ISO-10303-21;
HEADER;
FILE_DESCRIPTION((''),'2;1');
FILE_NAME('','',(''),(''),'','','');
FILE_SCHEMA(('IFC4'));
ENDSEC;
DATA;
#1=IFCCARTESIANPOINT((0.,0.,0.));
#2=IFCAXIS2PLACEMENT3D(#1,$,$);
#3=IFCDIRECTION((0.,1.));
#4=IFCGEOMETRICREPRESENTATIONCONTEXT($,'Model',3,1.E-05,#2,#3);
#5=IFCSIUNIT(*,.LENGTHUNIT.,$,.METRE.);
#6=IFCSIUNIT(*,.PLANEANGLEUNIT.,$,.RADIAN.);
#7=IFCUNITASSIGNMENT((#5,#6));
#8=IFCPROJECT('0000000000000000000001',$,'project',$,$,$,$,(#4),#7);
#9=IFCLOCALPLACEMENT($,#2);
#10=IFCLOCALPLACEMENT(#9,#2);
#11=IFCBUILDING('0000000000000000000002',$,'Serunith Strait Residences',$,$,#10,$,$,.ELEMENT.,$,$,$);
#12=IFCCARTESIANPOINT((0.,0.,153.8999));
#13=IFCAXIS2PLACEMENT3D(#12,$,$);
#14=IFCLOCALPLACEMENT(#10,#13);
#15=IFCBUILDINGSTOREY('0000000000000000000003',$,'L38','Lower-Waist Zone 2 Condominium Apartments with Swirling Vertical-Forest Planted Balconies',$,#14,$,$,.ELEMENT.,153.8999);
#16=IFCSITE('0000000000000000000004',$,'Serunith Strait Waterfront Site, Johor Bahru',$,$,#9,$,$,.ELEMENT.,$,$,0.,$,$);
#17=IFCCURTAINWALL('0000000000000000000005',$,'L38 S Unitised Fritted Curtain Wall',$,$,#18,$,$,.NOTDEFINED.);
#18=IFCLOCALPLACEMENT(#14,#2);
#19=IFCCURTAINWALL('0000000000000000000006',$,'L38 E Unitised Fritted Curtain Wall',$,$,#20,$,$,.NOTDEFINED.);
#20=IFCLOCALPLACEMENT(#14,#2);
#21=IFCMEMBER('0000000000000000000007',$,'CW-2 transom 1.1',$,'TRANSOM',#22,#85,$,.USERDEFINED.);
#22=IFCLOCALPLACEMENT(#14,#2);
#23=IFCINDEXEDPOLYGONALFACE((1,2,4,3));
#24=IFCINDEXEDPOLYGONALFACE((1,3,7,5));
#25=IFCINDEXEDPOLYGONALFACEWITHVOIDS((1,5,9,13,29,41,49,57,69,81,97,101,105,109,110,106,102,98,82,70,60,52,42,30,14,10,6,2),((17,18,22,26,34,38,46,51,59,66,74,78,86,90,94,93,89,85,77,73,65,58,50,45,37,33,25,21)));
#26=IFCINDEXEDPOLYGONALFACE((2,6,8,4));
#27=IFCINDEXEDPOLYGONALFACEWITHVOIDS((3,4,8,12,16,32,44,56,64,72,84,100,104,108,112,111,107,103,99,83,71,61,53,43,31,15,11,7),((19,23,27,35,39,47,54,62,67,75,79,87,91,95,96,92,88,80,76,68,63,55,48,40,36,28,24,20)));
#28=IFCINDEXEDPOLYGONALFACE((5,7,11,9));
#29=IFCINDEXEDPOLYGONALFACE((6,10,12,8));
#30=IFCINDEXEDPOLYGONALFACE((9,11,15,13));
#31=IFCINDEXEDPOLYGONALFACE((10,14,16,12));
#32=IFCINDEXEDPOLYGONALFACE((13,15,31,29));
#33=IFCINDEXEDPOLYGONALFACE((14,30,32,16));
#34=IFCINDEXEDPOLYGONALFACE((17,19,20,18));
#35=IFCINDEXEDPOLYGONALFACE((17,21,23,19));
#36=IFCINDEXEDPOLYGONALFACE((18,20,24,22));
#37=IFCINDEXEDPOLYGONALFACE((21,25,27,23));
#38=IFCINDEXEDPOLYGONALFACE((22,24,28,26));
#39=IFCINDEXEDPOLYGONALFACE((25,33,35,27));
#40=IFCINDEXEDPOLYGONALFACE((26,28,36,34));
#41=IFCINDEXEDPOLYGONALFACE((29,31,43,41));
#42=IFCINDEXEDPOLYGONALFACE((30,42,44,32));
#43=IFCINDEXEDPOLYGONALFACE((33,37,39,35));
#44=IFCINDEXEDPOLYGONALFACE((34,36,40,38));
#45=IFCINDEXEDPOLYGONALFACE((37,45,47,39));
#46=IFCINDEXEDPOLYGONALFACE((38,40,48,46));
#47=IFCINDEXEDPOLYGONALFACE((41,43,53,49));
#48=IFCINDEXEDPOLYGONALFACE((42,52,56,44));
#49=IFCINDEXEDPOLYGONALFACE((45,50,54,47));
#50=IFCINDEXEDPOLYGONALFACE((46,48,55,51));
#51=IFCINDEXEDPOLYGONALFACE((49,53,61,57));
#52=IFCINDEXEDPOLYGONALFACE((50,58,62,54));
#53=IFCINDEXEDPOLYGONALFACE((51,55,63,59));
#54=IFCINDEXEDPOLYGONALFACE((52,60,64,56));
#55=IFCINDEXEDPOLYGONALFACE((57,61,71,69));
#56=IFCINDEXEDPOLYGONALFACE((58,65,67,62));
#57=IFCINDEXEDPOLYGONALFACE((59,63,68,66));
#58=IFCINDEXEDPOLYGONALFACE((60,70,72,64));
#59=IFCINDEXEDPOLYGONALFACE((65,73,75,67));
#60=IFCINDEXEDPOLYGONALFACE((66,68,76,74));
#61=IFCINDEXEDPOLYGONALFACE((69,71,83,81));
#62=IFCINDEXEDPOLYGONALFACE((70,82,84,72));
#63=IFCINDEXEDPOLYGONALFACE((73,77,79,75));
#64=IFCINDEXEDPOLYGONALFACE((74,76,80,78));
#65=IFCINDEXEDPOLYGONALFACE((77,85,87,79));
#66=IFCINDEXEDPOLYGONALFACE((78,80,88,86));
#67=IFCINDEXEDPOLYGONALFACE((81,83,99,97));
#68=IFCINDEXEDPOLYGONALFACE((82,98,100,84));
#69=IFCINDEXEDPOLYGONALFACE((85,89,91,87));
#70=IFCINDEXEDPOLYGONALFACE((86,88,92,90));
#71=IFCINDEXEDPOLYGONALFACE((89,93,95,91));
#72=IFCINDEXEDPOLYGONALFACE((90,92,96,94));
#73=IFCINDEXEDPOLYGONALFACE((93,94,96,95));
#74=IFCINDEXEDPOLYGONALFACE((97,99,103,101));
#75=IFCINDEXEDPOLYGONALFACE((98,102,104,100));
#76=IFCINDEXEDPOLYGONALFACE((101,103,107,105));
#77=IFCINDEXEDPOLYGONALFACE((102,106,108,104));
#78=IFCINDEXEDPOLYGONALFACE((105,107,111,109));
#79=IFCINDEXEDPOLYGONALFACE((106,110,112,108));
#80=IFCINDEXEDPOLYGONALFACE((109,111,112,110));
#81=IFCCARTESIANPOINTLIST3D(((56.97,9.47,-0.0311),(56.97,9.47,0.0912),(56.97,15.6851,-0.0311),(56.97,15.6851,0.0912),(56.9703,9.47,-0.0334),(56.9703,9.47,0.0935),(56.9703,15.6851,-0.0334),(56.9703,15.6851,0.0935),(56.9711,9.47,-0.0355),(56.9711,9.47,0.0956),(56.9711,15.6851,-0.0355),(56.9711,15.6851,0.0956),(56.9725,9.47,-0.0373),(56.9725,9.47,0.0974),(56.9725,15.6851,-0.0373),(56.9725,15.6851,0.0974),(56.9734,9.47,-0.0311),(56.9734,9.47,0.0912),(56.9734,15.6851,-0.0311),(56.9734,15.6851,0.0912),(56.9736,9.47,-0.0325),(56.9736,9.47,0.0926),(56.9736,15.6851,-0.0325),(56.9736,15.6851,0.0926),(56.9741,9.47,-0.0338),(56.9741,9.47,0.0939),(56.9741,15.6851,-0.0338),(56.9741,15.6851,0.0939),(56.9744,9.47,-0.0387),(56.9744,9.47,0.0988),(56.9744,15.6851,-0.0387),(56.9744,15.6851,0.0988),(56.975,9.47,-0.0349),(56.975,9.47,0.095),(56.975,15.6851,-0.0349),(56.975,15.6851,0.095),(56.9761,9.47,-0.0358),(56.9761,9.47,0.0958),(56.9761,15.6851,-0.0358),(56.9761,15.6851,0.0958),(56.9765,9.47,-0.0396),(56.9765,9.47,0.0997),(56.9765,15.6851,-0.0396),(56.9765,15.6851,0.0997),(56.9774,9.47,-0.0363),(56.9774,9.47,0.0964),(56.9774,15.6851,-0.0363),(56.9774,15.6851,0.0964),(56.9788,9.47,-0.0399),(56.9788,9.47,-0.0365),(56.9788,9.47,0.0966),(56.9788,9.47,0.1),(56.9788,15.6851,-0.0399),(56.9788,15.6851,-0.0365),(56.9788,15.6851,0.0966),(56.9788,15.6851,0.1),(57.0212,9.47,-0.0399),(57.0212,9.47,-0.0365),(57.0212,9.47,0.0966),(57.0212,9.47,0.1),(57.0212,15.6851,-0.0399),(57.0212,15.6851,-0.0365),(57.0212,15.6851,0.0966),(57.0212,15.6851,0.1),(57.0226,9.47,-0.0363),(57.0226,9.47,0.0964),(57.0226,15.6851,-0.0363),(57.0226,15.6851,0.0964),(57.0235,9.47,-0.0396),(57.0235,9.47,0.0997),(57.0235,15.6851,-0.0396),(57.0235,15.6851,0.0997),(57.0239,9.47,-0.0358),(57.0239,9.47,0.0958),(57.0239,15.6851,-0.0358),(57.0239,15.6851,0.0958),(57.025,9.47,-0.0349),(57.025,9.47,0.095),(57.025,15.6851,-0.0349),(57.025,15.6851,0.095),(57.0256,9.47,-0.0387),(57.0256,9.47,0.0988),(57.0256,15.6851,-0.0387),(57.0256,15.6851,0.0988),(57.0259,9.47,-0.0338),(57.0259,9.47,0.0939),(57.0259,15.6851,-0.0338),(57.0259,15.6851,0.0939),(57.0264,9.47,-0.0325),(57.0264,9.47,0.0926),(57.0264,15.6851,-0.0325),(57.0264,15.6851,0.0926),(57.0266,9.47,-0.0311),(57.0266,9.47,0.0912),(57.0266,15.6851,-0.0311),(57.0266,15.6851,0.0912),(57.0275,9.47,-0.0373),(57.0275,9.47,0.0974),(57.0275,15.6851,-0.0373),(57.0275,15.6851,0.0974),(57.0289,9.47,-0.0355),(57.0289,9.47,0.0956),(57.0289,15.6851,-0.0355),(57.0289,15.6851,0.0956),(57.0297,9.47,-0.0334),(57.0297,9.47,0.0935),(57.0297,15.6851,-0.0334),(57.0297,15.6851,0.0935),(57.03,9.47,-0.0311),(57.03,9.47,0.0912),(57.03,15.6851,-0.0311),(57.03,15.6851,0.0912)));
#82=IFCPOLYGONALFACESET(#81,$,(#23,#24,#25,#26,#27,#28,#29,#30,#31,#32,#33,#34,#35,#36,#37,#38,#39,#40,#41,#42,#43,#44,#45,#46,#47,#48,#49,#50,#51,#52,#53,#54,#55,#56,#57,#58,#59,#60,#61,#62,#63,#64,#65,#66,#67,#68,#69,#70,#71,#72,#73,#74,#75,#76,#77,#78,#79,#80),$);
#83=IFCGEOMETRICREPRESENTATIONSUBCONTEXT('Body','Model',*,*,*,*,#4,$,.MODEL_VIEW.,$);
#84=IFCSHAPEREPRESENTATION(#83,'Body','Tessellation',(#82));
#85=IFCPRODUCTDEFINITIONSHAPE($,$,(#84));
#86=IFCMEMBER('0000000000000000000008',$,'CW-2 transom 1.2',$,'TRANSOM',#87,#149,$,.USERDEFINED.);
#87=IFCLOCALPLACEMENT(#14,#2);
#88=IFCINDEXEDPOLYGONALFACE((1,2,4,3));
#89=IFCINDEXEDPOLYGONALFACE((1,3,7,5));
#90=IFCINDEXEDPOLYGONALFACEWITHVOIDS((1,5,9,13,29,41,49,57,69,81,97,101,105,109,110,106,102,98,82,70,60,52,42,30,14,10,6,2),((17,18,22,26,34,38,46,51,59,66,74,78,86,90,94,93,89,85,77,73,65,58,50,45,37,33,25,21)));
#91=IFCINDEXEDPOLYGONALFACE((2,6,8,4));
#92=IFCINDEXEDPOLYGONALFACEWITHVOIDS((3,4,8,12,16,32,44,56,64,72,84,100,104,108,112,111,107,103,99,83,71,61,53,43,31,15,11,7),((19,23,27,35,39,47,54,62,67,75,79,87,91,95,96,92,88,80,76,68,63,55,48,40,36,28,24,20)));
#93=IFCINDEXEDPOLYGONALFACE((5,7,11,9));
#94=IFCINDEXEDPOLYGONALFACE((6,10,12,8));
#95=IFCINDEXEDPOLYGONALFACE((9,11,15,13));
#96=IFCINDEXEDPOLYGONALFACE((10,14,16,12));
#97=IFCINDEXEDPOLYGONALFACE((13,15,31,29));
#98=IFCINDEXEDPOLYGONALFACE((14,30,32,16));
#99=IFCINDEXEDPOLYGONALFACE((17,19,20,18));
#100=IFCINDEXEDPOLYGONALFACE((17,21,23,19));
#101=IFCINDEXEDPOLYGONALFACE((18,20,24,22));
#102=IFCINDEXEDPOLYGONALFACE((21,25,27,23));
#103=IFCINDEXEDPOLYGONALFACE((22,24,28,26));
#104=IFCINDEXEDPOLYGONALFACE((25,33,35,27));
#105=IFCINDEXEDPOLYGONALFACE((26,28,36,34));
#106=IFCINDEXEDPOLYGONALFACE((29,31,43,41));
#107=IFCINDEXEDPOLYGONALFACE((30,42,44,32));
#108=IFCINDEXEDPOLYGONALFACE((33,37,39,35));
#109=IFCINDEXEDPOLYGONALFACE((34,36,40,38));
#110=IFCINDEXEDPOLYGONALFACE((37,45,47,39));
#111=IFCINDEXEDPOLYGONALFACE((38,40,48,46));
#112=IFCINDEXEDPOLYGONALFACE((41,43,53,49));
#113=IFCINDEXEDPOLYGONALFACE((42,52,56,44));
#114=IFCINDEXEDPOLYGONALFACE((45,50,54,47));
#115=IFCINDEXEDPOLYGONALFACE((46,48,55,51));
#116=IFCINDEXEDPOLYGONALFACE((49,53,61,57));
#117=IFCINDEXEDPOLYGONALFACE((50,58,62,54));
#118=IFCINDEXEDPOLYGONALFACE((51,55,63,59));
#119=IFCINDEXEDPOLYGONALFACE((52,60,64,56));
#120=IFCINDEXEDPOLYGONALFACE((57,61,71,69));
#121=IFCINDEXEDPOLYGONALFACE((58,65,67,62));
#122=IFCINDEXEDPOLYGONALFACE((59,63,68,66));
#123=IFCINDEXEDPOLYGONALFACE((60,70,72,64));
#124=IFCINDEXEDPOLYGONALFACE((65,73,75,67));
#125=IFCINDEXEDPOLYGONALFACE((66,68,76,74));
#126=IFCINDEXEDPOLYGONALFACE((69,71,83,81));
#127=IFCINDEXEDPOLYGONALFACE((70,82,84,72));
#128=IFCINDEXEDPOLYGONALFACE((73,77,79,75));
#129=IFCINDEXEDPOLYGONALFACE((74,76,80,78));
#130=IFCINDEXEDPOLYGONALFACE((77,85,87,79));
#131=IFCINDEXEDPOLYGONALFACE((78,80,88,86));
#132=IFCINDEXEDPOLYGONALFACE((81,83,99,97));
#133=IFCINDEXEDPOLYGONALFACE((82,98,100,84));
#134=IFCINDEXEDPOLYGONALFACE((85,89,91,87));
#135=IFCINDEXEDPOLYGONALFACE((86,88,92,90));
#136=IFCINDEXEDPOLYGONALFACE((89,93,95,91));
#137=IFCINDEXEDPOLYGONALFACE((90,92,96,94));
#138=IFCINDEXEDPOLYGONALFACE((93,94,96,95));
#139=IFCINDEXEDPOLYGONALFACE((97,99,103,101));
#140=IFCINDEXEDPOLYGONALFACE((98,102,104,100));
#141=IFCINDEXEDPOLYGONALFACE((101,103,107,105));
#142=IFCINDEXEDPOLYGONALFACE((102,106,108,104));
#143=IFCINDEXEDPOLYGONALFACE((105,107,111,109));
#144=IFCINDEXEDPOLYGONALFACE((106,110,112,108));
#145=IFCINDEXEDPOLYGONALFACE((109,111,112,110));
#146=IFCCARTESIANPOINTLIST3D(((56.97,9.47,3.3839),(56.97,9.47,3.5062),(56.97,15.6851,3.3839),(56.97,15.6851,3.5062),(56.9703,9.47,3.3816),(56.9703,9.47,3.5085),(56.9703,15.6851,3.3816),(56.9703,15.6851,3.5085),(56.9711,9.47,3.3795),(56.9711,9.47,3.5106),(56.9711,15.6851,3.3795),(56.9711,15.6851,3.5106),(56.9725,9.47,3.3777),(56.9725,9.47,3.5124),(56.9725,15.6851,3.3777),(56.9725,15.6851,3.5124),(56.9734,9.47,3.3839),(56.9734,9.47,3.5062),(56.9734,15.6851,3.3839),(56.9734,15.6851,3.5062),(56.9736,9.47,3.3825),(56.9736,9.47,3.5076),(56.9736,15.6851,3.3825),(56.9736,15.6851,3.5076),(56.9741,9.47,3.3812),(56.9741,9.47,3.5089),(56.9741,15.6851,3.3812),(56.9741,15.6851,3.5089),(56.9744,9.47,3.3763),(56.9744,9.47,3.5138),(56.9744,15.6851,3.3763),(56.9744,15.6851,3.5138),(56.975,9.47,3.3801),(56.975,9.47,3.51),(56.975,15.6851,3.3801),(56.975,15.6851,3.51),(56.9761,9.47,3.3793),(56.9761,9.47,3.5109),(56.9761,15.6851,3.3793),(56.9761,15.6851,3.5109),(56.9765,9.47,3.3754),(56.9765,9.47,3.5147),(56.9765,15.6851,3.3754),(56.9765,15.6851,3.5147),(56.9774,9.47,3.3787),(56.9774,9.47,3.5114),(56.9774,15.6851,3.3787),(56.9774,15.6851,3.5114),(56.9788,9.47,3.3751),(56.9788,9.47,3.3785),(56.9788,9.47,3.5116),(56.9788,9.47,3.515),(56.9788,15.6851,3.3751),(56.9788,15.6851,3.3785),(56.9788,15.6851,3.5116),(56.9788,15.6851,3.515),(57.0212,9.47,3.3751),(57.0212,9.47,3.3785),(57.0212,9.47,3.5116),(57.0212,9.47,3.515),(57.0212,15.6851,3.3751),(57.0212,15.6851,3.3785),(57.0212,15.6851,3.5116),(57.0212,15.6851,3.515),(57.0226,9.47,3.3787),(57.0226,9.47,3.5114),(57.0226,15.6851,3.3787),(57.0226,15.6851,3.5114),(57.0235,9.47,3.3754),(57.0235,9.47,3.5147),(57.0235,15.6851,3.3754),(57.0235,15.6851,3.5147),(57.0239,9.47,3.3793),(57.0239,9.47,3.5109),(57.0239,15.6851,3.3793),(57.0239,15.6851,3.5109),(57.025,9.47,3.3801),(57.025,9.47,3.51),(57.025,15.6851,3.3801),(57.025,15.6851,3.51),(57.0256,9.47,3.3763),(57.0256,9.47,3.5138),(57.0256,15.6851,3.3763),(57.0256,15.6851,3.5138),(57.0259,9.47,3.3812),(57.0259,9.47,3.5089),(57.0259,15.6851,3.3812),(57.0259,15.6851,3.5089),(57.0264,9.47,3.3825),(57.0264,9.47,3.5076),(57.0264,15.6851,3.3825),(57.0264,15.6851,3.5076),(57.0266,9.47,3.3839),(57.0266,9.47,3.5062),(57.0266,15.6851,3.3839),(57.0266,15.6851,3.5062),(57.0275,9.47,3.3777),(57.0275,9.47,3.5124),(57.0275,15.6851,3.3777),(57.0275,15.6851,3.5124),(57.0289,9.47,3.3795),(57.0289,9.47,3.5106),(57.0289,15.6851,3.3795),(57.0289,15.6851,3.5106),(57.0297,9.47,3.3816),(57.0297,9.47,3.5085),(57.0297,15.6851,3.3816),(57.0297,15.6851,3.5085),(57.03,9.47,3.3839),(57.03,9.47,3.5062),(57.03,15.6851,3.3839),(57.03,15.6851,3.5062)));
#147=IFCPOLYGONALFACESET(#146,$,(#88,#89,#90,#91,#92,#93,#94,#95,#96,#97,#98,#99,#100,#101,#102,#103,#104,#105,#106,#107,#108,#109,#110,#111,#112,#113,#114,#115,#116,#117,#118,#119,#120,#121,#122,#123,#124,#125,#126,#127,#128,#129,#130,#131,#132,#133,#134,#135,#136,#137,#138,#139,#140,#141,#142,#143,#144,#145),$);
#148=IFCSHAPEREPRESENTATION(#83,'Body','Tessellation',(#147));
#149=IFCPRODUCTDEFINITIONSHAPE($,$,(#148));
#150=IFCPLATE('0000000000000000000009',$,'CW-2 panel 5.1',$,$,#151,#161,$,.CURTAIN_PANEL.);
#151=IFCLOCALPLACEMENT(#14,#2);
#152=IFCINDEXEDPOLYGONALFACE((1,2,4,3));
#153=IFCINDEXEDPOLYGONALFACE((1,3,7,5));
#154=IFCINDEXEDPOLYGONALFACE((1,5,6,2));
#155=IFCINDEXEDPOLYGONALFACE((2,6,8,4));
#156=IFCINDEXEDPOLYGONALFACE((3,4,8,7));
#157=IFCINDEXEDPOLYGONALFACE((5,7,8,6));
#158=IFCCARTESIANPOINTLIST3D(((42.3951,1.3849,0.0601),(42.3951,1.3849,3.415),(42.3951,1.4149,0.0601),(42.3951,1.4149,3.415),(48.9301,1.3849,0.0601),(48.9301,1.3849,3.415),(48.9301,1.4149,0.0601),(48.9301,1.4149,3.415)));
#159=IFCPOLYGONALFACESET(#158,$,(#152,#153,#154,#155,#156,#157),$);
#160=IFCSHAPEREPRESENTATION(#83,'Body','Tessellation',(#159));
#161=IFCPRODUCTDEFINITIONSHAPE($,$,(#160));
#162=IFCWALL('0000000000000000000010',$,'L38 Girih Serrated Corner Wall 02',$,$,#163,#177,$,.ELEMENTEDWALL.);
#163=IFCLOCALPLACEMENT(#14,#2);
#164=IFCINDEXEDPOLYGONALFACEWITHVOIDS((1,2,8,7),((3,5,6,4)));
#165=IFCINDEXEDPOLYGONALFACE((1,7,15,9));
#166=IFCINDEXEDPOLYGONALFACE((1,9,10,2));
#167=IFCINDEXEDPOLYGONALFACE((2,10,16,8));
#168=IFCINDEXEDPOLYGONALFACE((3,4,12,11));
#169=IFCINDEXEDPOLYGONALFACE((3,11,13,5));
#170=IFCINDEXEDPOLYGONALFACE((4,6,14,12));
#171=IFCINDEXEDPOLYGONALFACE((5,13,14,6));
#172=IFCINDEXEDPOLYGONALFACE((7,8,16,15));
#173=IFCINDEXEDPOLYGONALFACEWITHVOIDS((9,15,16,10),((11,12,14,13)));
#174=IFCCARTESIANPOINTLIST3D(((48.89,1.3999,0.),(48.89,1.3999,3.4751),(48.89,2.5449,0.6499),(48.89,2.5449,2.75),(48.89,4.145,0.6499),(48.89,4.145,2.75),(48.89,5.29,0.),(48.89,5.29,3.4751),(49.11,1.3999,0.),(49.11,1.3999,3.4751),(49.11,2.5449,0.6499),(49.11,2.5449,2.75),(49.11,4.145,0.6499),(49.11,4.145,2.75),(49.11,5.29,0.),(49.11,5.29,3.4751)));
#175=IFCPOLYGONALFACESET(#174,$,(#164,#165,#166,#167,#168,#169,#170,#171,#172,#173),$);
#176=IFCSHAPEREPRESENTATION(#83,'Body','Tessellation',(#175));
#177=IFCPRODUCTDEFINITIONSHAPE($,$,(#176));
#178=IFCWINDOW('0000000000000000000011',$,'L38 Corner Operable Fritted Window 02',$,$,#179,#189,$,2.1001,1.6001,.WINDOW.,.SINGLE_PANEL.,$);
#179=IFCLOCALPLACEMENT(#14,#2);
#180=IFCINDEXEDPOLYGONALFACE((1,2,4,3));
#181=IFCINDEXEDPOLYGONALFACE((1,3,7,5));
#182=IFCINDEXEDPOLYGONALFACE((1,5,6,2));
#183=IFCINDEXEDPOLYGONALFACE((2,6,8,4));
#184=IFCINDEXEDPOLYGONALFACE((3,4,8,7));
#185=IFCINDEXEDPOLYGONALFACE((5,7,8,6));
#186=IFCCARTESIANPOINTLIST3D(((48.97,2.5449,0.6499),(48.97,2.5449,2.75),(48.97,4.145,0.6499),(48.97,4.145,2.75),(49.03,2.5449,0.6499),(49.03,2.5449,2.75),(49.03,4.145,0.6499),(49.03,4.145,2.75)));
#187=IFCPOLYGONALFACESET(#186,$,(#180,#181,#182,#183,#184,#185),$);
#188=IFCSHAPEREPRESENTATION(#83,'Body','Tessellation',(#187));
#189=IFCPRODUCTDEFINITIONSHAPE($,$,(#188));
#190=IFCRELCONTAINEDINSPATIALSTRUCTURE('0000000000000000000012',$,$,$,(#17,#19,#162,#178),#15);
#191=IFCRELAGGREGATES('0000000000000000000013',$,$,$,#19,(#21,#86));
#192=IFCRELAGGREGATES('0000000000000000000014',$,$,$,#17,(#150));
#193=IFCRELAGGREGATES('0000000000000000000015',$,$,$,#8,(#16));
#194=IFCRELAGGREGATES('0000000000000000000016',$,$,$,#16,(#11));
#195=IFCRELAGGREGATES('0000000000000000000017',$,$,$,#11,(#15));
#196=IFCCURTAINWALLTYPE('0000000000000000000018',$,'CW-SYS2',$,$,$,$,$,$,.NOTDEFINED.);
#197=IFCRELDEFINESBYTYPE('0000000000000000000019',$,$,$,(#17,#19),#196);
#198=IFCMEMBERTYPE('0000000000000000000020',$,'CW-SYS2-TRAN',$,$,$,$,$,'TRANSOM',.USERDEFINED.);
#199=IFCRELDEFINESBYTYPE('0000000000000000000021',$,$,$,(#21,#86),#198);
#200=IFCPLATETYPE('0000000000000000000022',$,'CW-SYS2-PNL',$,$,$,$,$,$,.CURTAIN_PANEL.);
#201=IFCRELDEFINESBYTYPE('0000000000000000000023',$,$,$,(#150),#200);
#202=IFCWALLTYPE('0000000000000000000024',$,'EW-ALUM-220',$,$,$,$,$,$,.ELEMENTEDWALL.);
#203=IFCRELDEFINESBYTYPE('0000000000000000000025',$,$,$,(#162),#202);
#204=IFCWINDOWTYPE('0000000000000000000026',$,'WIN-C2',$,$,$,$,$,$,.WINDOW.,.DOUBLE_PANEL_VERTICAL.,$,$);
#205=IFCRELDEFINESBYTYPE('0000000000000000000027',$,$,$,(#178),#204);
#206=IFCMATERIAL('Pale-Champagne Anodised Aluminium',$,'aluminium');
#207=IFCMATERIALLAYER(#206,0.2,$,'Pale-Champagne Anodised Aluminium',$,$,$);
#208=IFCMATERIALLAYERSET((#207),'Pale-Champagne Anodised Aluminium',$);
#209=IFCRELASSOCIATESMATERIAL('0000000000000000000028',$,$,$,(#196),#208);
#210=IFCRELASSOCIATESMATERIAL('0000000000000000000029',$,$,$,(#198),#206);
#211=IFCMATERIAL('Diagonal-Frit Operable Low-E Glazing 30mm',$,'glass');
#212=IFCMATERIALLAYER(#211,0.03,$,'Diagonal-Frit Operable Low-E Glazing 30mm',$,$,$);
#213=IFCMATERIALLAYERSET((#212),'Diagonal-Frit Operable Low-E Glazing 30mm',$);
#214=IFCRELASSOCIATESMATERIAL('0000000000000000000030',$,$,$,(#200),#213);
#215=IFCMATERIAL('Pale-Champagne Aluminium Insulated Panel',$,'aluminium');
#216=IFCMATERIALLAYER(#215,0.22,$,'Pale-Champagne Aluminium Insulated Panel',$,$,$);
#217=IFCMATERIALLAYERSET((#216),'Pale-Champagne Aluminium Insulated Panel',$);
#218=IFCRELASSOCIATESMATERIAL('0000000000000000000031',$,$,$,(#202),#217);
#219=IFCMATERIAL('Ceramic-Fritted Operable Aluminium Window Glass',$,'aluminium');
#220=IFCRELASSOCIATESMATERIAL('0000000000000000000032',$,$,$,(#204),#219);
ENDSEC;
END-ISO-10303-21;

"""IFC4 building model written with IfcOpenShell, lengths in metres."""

from ifc_helpers import new_model, si_unit, direction, frame, frame_2d, origin, origin_2d, place, context, subcontext, project, spatial, rectangle, hollow_rectangle, extrude, source, transform, mapped, material, layer, layer_set, material_profile, profile_set, type_object, element, fill, aggregate, save


model = new_model("IFC4")

# Units and contexts
model_context = context("Model", 3, precision=1e-05, world=origin(), true_north=direction((0.0, 1.0)))
body_context = subcontext(model_context, "Body", "Model", "MODEL_VIEW")
ifc_project = project(units=[si_unit("LENGTHUNIT", "METRE"), si_unit("PLANEANGLEUNIT", "RADIAN")], contexts=[model_context])

# Site, building, storey
site_placement = place(None, origin())
site = spatial("IfcSite", under=ifc_project, at=site_placement, Name="Serunith Strait Waterfront Site, Johor Bahru", CompositionType="ELEMENT", RefElevation=0.0)
building_placement = place(site_placement, origin())
building = spatial("IfcBuilding", under=site, at=building_placement, Name="Serunith Strait Residences", CompositionType="ELEMENT")
storey_placement = place(building_placement, frame((0.0, 0.0, 153.8999)))
storey = spatial("IfcBuildingStorey", under=building, at=storey_placement, Name="L38", Description="Lower-Waist Zone 2 Condominium Apartments with Swirling Vertical-Forest Planted Balconies", CompositionType="ELEMENT", Elevation=153.8999)

# Curtain wall
ifc_material_1 = material(Name="Pale-Champagne Anodised Aluminium", Category="aluminium")
ifc_layer_1 = layer(ifc_material_1, 0.2, Name="Pale-Champagne Anodised Aluminium")
ifc_layer_set_1 = layer_set([ifc_layer_1], Name="Pale-Champagne Anodised Aluminium")
curtain_wall_type = type_object("IfcCurtainWallType", Name="CW-SYS2", PredefinedType="NOTDEFINED", material=ifc_layer_set_1)
curtain_wall_1_placement = place(storey_placement, origin())
curtain_wall_1 = element("IfcCurtainWall", 1, at=curtain_wall_1_placement, inside=storey, type_object=curtain_wall_type, Name="L38 S Unitised Fritted Curtain Wall", PredefinedType="NOTDEFINED")

# Curtain wall, members
curtain_wall_2_placement = place(storey_placement, origin())
curtain_wall_2 = element("IfcCurtainWall", 2, at=curtain_wall_2_placement, inside=storey, type_object=curtain_wall_type, Name="L38 E Unitised Fritted Curtain Wall", PredefinedType="NOTDEFINED")
ifc_material_profile_1 = material_profile(ifc_material_1, hollow_rectangle(XDim=0.0601, YDim=0.1399, WallThickness=0.0034, InnerFilletRadius=0.0054, OuterFilletRadius=0.0088, at=origin_2d()), Name="ALU 140x60x3.5")
ifc_profile_set_1 = profile_set([ifc_material_profile_1], Name="Pale-Champagne Anodised Aluminium")
member_type_1 = type_object("IfcMemberType", Name="CW-SYS2-TRAN", ElementType="TRANSOM", PredefinedType="USERDEFINED", material=ifc_profile_set_1)
shared_shape_1 = source(origin(), body_context, "Body", "SweptSolid", [
    extrude(hollow_rectangle(XDim=0.0601, YDim=0.1399, WallThickness=0.0034, InnerFilletRadius=0.0054, OuterFilletRadius=0.0088, at=origin_2d()), origin(), (0.0, 0.0, 1.0), 6.2151),
])
member_1_placement = place(storey_placement, frame((57.0, 9.47, 0.03), z_axis=(0.0, 1.0, 0.0), x_axis=(-1.0, 0.0, 0.0)))
member_1 = element("IfcMember", 3, at=member_1_placement, type_object=member_type_1, Name="CW-2 transom 1.1", ObjectType="TRANSOM", PredefinedType="USERDEFINED", context=body_context, shape_type="MappedRepresentation", body=[
    mapped(shared_shape_1, transform((0.0, 0.0, 0.0), scale=1.0)),
])
member_2_placement = place(storey_placement, frame((57.0, 9.47, 3.4451), z_axis=(0.0, 1.0, 0.0), x_axis=(-1.0, 0.0, 0.0)))
member_2 = element("IfcMember", 4, at=member_2_placement, type_object=member_type_1, Name="CW-2 transom 1.2", ObjectType="TRANSOM", PredefinedType="USERDEFINED", context=body_context, shape_type="MappedRepresentation", body=[
    mapped(shared_shape_1, transform((0.0, 0.0, 0.0), scale=1.0)),
])
aggregate(curtain_wall_2, [member_1, member_2])

# Plate
ifc_material_2 = material(Name="Diagonal-Frit Operable Low-E Glazing 30mm", Category="glass")
ifc_layer_2 = layer(ifc_material_2, 0.03, Name="Diagonal-Frit Operable Low-E Glazing 30mm")
ifc_layer_set_2 = layer_set([ifc_layer_2], Name="Diagonal-Frit Operable Low-E Glazing 30mm")
plate_type = type_object("IfcPlateType", Name="CW-SYS2-PNL", PredefinedType="CURTAIN_PANEL", material=ifc_layer_set_2)
shared_shape_2 = source(origin(), body_context, "Body", "SweptSolid", [
    extrude(rectangle(XDim=6.5349, YDim=0.03, at=origin_2d()), origin(), (0.0, 0.0, 1.0), 3.355),
])
plate_placement = place(storey_placement, frame((45.6626, 1.3999, 0.0601), z_axis=(0.0, 0.0, 1.0), x_axis=(1.0, 0.0, 0.0)))
plate = element("IfcPlate", 5, at=plate_placement, type_object=plate_type, Name="CW-2 panel 5.1", PredefinedType="CURTAIN_PANEL", context=body_context, shape_type="MappedRepresentation", body=[
    mapped(shared_shape_2, transform((0.0, 0.0, 0.0), scale=1.0)),
])
aggregate(curtain_wall_1, [plate])

# Wall, opening, window
ifc_material_3 = material(Name="Pale-Champagne Aluminium Insulated Panel", Category="aluminium")
ifc_layer_3 = layer(ifc_material_3, 0.22, Name="Pale-Champagne Aluminium Insulated Panel")
ifc_layer_set_3 = layer_set([ifc_layer_3], Name="Pale-Champagne Aluminium Insulated Panel")
wall_type_1 = type_object("IfcWallType", Name="EW-ALUM-220", PredefinedType="ELEMENTEDWALL", material=ifc_layer_set_3)
wall_1_placement = place(storey_placement, frame((49.0, 1.3999, 0.0), z_axis=(0.0, 0.0, 1.0), x_axis=(0.0, 1.0, 0.0)))
wall_1 = element("IfcWall", 6, at=wall_1_placement, inside=storey, type_object=wall_type_1, Name="L38 Girih Serrated Corner Wall 02", PredefinedType="ELEMENTEDWALL", context=body_context, shape_type="SweptSolid", body=[
    extrude(rectangle(XDim=3.8901, YDim=0.22, at=frame_2d((1.9451, 0.0))), origin(), (0.0, 0.0, 1.0), 3.4751),
])
opening_1_placement = place(wall_1_placement, frame((1.145, 0.0, 0.6499)))
opening_1 = element("IfcOpeningElement", 7, at=opening_1_placement, cuts=wall_1, PredefinedType="OPENING", context=body_context, shape_type="SweptSolid", body=[
    extrude(rectangle(XDim=1.6001, YDim=2.1001, at=frame_2d((0.8, 1.05))), frame((0.0, 0.1201, 0.0), z_axis=(0.0, -1.0, 0.0), x_axis=(1.0, 0.0, 0.0)), (0.0, 0.0, 1.0), 0.24),
])
ifc_material_4 = material(Name="Ceramic-Fritted Operable Aluminium Window Glass", Category="aluminium")
window_type = type_object("IfcWindowType", Name="WIN-C2", PartitioningType="DOUBLE_PANEL_VERTICAL", PredefinedType="WINDOW", material=ifc_material_4)
shared_shape_3 = source(origin(), body_context, "Body", "SweptSolid", [
    extrude(rectangle(XDim=1.6001, YDim=2.1001, at=frame_2d((0.8, 1.05))), frame((0.0, 0.03, 0.0), z_axis=(0.0, -1.0, 0.0), x_axis=(1.0, 0.0, 0.0)), (0.0, 0.0, 1.0), 0.0601),
])
window_1_placement = place(opening_1_placement, origin())
window_1 = element("IfcWindow", 8, at=window_1_placement, inside=storey, type_object=window_type, Name="L38 Corner Operable Fritted Window 02", OverallHeight=2.1001, OverallWidth=1.6001, PartitioningType="SINGLE_PANEL", PredefinedType="WINDOW", context=body_context, shape_type="MappedRepresentation", body=[
    mapped(shared_shape_3, transform((0.0, 0.0, 0.0), scale=1.0)),
])
fill(opening_1, window_1)

save(model, "model.ifc")
